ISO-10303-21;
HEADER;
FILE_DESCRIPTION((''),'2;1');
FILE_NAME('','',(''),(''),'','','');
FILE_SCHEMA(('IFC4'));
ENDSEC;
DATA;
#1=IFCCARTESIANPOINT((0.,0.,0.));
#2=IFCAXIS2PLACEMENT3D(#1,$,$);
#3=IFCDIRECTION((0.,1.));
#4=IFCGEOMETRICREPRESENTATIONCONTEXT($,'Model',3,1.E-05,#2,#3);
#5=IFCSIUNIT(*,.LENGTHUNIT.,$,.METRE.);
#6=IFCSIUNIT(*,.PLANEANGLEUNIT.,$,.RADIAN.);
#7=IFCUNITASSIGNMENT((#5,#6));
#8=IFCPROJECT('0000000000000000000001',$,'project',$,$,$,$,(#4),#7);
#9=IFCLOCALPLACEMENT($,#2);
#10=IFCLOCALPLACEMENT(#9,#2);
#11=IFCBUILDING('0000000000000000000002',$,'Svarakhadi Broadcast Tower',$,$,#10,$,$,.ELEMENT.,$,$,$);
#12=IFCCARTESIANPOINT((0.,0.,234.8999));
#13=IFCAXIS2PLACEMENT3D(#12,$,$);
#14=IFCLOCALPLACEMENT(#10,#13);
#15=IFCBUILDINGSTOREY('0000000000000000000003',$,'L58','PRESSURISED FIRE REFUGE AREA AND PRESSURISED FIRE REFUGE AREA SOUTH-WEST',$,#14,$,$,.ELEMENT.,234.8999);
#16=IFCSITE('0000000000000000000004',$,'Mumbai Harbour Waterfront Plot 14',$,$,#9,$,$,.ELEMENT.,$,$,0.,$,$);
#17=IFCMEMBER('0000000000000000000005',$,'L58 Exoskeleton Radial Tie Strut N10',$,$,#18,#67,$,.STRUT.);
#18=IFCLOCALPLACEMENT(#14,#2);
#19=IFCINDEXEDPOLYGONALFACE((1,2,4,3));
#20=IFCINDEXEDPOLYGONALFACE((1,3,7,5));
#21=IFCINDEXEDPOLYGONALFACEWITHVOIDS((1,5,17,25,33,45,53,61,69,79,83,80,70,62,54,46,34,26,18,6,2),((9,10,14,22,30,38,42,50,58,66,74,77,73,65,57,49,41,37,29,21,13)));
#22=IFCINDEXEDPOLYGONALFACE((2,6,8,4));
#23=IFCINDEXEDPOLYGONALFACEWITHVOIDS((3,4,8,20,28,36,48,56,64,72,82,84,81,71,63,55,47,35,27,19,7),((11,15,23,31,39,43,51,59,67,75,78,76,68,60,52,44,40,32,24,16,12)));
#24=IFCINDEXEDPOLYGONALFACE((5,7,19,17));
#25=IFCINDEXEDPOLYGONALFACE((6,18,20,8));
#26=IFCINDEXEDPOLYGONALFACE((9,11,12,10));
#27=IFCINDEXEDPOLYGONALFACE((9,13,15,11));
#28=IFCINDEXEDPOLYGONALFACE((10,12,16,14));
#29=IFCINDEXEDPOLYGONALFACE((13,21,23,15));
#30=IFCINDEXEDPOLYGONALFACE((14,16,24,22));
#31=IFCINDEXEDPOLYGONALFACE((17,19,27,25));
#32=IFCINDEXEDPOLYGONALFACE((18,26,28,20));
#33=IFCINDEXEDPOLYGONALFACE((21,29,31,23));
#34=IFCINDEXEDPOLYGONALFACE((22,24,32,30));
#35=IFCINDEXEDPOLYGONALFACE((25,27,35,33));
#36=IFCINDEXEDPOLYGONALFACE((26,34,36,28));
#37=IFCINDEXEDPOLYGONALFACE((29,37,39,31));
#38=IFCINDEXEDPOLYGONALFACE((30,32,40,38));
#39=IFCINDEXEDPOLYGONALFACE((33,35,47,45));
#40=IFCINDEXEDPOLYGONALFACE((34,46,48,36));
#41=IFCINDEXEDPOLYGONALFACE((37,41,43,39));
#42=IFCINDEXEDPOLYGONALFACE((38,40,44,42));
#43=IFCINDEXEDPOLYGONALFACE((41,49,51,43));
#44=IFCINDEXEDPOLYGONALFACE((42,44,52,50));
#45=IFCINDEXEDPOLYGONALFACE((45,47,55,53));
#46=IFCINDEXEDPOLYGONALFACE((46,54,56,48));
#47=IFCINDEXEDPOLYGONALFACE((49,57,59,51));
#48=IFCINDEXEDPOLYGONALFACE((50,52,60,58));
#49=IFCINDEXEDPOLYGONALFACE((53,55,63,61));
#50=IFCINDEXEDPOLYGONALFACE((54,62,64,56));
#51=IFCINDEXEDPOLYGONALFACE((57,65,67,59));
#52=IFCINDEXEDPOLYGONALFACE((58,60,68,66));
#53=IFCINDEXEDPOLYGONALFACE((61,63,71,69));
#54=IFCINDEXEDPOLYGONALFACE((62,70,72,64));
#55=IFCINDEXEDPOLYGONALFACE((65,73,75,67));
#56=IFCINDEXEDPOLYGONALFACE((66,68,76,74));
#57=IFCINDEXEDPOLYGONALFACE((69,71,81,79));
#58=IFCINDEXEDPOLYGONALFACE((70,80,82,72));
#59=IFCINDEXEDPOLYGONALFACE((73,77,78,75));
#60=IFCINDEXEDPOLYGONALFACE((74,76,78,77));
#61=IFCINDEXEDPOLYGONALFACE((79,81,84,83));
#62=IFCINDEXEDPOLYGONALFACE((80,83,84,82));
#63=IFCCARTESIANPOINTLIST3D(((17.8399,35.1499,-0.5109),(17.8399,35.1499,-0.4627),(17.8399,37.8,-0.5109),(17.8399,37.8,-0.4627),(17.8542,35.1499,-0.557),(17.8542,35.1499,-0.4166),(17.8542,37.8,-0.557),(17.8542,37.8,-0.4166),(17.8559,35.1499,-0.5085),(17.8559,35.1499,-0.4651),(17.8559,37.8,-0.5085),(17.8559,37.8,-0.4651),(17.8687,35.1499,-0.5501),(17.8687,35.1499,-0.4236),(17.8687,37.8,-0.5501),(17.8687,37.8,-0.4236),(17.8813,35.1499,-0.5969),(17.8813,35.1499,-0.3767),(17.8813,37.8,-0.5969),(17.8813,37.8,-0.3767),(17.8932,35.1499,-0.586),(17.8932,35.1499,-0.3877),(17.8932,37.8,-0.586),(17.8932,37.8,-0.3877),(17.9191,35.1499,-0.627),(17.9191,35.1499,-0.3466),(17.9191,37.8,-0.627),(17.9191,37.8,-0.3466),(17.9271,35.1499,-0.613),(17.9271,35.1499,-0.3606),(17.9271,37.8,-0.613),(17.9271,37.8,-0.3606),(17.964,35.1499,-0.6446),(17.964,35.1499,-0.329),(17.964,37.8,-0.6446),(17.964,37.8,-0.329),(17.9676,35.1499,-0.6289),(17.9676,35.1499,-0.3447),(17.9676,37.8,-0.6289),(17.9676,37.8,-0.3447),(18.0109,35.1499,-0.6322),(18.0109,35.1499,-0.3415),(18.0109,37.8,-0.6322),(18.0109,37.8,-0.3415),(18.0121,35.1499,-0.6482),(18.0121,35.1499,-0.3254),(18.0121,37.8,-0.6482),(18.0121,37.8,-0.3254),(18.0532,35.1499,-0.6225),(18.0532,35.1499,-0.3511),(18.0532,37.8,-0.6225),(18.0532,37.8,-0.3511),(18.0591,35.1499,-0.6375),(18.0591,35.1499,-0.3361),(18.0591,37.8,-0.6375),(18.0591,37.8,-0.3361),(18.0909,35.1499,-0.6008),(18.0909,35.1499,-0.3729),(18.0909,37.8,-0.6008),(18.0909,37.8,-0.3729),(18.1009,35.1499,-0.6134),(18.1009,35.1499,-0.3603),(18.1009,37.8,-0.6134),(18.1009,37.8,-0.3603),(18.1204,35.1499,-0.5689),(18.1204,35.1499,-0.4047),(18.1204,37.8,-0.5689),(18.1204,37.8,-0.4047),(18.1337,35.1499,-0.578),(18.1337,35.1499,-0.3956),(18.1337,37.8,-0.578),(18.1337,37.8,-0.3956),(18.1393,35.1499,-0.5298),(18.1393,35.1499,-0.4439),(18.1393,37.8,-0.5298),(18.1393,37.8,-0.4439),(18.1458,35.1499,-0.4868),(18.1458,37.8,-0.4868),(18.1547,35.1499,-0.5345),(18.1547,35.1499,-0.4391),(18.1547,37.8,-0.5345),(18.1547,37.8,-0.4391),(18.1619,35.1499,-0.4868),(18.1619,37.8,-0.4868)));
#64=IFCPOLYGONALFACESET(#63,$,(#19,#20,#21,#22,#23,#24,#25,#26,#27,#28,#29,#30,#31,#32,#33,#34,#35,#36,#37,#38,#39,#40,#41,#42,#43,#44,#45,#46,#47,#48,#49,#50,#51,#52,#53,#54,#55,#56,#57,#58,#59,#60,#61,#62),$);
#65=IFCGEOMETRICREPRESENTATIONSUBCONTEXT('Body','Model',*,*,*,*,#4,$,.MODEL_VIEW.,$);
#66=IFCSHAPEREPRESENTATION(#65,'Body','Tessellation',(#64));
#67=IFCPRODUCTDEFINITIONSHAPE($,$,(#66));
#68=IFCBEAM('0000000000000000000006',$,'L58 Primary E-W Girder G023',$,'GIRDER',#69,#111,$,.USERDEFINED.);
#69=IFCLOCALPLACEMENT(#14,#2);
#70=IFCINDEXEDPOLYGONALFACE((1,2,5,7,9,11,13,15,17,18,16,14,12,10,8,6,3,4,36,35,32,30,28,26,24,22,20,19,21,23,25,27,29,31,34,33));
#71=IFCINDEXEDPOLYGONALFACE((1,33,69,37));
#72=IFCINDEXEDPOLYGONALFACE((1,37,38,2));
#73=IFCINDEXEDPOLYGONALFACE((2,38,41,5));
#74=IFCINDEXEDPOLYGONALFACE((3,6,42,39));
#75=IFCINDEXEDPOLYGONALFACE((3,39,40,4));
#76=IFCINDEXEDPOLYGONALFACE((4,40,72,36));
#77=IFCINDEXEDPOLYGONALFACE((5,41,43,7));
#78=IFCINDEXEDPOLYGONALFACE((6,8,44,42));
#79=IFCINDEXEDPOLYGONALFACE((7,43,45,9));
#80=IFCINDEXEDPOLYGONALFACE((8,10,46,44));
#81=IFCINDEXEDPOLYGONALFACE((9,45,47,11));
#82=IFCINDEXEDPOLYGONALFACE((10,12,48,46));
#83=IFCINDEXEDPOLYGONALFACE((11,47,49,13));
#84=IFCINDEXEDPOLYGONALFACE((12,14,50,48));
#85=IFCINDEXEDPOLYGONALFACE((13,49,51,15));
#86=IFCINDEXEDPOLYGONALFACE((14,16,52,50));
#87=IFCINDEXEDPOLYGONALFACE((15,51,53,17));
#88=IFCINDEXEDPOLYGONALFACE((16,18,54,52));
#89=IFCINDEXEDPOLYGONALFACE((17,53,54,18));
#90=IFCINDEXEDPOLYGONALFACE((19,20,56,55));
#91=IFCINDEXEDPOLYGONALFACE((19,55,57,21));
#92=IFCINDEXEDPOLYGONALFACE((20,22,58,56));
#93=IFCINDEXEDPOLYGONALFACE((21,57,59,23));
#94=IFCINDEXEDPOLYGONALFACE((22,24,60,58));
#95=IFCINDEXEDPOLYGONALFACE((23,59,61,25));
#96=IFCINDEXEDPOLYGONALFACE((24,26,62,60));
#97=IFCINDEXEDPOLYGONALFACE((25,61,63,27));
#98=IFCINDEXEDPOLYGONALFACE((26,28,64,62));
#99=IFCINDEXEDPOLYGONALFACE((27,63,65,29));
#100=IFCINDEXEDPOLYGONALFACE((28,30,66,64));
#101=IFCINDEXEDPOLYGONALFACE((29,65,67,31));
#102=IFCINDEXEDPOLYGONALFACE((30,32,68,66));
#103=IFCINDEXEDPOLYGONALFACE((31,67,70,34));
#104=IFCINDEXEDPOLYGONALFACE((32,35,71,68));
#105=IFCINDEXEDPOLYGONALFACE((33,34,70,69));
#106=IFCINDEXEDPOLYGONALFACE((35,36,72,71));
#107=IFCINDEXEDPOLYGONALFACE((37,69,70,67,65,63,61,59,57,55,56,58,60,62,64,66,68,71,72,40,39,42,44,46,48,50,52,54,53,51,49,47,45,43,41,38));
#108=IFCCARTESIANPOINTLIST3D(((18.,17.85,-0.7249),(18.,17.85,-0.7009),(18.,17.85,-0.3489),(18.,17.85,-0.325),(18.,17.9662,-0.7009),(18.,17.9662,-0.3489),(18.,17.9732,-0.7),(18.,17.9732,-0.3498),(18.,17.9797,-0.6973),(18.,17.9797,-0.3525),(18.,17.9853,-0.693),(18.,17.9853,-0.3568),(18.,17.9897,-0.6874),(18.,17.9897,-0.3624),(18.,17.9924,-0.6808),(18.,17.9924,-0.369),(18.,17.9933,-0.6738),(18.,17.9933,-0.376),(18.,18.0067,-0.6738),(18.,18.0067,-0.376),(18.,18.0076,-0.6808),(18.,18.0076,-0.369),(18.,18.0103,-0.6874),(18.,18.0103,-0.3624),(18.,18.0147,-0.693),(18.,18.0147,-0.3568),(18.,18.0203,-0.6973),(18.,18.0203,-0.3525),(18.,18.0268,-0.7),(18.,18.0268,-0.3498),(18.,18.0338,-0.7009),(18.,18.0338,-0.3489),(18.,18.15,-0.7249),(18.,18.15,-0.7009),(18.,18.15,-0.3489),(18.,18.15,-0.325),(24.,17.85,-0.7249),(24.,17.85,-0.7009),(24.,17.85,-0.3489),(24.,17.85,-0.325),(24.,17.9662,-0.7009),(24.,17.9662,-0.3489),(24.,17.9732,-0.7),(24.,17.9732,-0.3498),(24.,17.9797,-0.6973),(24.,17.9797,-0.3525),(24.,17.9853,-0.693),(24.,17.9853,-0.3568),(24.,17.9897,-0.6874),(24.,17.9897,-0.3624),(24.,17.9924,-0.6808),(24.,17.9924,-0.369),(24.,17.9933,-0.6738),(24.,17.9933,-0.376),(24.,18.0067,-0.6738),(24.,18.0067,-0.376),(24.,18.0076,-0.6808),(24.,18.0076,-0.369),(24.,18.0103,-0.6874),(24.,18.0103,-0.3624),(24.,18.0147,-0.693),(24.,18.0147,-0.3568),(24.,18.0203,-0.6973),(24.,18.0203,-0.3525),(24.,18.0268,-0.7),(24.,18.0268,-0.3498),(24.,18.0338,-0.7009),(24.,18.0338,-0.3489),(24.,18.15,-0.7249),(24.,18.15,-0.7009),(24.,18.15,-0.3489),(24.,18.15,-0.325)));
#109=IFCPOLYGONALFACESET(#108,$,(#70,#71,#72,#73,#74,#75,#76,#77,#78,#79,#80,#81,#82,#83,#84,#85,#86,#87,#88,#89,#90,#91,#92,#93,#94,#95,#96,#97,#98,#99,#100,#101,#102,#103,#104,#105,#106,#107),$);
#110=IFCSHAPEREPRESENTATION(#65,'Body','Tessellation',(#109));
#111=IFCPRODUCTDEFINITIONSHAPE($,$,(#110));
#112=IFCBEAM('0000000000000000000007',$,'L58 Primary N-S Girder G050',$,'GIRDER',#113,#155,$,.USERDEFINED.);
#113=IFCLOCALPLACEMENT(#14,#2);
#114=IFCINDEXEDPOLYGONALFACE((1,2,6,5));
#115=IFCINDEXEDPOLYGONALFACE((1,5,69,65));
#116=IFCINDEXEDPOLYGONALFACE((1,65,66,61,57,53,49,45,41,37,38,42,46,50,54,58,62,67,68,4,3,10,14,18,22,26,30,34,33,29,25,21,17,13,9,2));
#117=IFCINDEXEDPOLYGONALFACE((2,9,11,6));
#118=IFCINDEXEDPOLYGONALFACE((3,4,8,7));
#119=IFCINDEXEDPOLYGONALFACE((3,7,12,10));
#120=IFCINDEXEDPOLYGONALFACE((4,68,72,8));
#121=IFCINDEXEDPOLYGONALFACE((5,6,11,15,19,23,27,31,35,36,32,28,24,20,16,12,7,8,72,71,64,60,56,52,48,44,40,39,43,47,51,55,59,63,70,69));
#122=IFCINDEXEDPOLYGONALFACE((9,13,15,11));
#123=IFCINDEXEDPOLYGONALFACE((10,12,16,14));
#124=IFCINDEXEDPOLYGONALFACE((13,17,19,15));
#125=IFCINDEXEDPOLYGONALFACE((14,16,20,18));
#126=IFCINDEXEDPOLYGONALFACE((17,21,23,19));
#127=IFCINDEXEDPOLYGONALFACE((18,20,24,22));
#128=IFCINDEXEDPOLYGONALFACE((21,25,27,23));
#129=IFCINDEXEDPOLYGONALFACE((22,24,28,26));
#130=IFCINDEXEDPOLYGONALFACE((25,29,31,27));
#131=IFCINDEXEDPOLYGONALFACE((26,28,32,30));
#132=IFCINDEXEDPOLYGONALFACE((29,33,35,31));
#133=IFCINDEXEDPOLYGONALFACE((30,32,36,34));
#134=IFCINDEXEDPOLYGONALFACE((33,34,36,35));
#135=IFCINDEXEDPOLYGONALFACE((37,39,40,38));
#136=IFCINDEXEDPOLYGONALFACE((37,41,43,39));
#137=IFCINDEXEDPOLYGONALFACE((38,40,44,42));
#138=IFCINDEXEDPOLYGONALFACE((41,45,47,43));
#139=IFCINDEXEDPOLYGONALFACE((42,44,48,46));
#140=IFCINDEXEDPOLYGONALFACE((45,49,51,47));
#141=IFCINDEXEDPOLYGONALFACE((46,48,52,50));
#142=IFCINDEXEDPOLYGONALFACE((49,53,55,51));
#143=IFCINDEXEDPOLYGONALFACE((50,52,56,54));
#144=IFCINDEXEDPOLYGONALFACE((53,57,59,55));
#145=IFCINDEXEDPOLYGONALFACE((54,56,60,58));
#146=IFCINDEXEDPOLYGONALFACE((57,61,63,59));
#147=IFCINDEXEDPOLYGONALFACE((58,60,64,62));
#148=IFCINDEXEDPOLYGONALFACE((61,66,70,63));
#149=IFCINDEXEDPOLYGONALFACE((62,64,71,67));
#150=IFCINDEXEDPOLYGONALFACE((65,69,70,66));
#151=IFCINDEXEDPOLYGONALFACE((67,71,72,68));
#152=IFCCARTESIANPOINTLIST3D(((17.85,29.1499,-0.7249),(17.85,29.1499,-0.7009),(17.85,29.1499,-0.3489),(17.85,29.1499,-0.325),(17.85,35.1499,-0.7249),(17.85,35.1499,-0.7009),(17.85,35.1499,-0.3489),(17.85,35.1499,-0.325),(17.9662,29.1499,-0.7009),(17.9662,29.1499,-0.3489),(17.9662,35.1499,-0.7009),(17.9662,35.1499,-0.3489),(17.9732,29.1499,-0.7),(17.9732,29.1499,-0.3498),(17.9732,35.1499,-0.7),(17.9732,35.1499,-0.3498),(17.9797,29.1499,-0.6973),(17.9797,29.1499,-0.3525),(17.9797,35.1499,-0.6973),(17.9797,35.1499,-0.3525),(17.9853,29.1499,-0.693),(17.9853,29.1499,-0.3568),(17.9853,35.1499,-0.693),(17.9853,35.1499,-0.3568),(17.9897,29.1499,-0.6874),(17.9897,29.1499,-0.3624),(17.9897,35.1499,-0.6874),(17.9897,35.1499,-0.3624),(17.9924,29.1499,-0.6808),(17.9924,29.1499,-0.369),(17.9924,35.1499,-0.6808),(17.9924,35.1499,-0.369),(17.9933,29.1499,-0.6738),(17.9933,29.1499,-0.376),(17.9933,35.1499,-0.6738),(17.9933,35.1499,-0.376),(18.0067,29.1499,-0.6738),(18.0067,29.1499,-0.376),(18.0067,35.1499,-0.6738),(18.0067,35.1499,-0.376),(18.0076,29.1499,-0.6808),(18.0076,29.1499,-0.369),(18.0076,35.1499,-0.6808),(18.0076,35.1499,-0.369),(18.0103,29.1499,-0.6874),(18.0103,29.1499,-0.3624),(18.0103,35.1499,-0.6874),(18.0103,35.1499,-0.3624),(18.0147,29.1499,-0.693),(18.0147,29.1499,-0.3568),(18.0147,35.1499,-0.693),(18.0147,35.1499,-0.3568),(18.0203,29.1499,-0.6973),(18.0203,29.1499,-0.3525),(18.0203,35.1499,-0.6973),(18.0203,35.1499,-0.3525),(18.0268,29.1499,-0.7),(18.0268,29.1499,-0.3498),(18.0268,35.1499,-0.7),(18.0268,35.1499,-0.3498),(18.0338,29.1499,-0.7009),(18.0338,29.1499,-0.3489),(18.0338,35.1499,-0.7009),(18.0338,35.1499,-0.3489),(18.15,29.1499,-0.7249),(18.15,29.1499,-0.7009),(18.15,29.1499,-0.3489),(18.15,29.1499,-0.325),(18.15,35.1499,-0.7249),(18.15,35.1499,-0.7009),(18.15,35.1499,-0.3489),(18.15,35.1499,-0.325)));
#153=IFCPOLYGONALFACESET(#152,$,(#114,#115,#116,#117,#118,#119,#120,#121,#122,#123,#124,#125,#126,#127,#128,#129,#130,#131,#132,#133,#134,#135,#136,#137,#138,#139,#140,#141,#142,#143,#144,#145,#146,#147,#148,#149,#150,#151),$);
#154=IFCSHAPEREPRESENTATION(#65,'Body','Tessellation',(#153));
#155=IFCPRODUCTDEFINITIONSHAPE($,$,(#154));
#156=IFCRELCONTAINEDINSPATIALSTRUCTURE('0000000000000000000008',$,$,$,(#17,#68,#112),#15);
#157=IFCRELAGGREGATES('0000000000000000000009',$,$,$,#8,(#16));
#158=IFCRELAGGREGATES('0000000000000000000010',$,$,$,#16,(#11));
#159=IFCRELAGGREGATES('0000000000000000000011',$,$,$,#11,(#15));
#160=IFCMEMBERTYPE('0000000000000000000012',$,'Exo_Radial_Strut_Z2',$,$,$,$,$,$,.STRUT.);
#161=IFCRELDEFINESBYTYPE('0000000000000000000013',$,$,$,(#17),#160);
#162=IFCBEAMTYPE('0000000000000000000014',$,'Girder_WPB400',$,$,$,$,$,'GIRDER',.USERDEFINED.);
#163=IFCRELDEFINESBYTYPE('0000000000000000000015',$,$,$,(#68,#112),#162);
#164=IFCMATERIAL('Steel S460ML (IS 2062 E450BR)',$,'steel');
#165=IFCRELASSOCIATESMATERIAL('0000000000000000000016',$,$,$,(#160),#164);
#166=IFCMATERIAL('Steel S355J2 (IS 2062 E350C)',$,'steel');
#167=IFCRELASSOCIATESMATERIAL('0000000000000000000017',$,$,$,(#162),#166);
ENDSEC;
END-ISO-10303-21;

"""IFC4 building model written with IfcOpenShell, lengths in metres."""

from ifc_helpers import new_model, si_unit, direction, frame, origin, origin_2d, place, context, subcontext, project, spatial, hollow_circle, i_section, extrude, material, material_profile, profile_set, type_object, element, save


model = new_model("IFC4")

# Units and contexts
model_context = context("Model", 3, precision=1e-05, world=origin(), true_north=direction((0.0, 1.0)))
body_context = subcontext(model_context, "Body", "Model", "MODEL_VIEW")
ifc_project = project(units=[si_unit("LENGTHUNIT", "METRE"), si_unit("PLANEANGLEUNIT", "RADIAN")], contexts=[model_context])

# Site, building, storey
site_placement = place(None, origin())
site = spatial("IfcSite", under=ifc_project, at=site_placement, Name="Mumbai Harbour Waterfront Plot 14", CompositionType="ELEMENT", RefElevation=0.0)
building_placement = place(site_placement, origin())
building = spatial("IfcBuilding", under=site, at=building_placement, Name="Svarakhadi Broadcast Tower", CompositionType="ELEMENT")
storey_placement = place(building_placement, frame((0.0, 0.0, 234.8999)))
storey = spatial("IfcBuildingStorey", under=building, at=storey_placement, Name="L58", Description="PRESSURISED FIRE REFUGE AREA AND PRESSURISED FIRE REFUGE AREA SOUTH-WEST", CompositionType="ELEMENT", Elevation=234.8999)

# Shared definitions
ifc_material_1 = material(Name="Steel S460ML (IS 2062 E450BR)", Category="steel")

# Member
ifc_material_profile_1 = material_profile(ifc_material_1, hollow_circle(Radius=0.1619, WallThickness=0.0161, at=origin_2d()), Name="CHS 323.9x16")
ifc_profile_set_1 = profile_set([ifc_material_profile_1], Name="Steel S460ML (IS 2062 E450BR)")
member_type_1 = type_object("IfcMemberType", Name="Exo_Radial_Strut_Z2", PredefinedType="STRUT", material=ifc_profile_set_1)
member_1_placement = place(storey_placement, frame((18.0, 37.8, -0.4868), z_axis=(0.0, -1.0, 0.0), x_axis=(1.0, 0.0, 0.0)))
element("IfcMember", 1, at=member_1_placement, inside=storey, type_object=member_type_1, Name="L58 Exoskeleton Radial Tie Strut N10", PredefinedType="STRUT", context=body_context, shape_type="SweptSolid", body=[
    extrude(hollow_circle(Radius=0.1619, WallThickness=0.0161, at=origin_2d()), origin(), (0.0, 0.0, 1.0), 2.6501),
])

# Beams
ifc_material_2 = material(Name="Steel S355J2 (IS 2062 E350C)", Category="steel")
ifc_material_profile_2 = material_profile(ifc_material_2, i_section(OverallWidth=0.3, OverallDepth=0.3999, WebThickness=0.0134, FlangeThickness=0.0239, FilletRadius=0.0271, at=origin_2d()), Name="WPB 400x300x155")
ifc_profile_set_2 = profile_set([ifc_material_profile_2], Name="Steel S355J2 (IS 2062 E350C)")
beam_type_1 = type_object("IfcBeamType", Name="Girder_WPB400", ElementType="GIRDER", PredefinedType="USERDEFINED", material=ifc_profile_set_2)
for number, where, z_axis, x_axis, name in (
    (2, (18.0, 18.0, -0.5249), (1.0, 0.0, 0.0), (0.0, 1.0, 0.0), "L58 Primary E-W Girder G023"),
    (3, (18.0, 29.1499, -0.5249), (0.0, 1.0, 0.0), (-1.0, 0.0, 0.0), "L58 Primary N-S Girder G050"),
):
    element("IfcBeam", number, at=place(storey_placement, frame(where, z_axis=z_axis, x_axis=x_axis)), inside=storey, type_object=beam_type_1, Name=name, ObjectType="GIRDER", PredefinedType="USERDEFINED", context=body_context, shape_type="SweptSolid", body=[
        extrude(i_section(OverallWidth=0.3, OverallDepth=0.3999, WebThickness=0.0134, FlangeThickness=0.0239, FilletRadius=0.0271, at=origin_2d()), origin(), (0.0, 0.0, 1.0), 6.0),
    ])

save(model, "model.ifc")
